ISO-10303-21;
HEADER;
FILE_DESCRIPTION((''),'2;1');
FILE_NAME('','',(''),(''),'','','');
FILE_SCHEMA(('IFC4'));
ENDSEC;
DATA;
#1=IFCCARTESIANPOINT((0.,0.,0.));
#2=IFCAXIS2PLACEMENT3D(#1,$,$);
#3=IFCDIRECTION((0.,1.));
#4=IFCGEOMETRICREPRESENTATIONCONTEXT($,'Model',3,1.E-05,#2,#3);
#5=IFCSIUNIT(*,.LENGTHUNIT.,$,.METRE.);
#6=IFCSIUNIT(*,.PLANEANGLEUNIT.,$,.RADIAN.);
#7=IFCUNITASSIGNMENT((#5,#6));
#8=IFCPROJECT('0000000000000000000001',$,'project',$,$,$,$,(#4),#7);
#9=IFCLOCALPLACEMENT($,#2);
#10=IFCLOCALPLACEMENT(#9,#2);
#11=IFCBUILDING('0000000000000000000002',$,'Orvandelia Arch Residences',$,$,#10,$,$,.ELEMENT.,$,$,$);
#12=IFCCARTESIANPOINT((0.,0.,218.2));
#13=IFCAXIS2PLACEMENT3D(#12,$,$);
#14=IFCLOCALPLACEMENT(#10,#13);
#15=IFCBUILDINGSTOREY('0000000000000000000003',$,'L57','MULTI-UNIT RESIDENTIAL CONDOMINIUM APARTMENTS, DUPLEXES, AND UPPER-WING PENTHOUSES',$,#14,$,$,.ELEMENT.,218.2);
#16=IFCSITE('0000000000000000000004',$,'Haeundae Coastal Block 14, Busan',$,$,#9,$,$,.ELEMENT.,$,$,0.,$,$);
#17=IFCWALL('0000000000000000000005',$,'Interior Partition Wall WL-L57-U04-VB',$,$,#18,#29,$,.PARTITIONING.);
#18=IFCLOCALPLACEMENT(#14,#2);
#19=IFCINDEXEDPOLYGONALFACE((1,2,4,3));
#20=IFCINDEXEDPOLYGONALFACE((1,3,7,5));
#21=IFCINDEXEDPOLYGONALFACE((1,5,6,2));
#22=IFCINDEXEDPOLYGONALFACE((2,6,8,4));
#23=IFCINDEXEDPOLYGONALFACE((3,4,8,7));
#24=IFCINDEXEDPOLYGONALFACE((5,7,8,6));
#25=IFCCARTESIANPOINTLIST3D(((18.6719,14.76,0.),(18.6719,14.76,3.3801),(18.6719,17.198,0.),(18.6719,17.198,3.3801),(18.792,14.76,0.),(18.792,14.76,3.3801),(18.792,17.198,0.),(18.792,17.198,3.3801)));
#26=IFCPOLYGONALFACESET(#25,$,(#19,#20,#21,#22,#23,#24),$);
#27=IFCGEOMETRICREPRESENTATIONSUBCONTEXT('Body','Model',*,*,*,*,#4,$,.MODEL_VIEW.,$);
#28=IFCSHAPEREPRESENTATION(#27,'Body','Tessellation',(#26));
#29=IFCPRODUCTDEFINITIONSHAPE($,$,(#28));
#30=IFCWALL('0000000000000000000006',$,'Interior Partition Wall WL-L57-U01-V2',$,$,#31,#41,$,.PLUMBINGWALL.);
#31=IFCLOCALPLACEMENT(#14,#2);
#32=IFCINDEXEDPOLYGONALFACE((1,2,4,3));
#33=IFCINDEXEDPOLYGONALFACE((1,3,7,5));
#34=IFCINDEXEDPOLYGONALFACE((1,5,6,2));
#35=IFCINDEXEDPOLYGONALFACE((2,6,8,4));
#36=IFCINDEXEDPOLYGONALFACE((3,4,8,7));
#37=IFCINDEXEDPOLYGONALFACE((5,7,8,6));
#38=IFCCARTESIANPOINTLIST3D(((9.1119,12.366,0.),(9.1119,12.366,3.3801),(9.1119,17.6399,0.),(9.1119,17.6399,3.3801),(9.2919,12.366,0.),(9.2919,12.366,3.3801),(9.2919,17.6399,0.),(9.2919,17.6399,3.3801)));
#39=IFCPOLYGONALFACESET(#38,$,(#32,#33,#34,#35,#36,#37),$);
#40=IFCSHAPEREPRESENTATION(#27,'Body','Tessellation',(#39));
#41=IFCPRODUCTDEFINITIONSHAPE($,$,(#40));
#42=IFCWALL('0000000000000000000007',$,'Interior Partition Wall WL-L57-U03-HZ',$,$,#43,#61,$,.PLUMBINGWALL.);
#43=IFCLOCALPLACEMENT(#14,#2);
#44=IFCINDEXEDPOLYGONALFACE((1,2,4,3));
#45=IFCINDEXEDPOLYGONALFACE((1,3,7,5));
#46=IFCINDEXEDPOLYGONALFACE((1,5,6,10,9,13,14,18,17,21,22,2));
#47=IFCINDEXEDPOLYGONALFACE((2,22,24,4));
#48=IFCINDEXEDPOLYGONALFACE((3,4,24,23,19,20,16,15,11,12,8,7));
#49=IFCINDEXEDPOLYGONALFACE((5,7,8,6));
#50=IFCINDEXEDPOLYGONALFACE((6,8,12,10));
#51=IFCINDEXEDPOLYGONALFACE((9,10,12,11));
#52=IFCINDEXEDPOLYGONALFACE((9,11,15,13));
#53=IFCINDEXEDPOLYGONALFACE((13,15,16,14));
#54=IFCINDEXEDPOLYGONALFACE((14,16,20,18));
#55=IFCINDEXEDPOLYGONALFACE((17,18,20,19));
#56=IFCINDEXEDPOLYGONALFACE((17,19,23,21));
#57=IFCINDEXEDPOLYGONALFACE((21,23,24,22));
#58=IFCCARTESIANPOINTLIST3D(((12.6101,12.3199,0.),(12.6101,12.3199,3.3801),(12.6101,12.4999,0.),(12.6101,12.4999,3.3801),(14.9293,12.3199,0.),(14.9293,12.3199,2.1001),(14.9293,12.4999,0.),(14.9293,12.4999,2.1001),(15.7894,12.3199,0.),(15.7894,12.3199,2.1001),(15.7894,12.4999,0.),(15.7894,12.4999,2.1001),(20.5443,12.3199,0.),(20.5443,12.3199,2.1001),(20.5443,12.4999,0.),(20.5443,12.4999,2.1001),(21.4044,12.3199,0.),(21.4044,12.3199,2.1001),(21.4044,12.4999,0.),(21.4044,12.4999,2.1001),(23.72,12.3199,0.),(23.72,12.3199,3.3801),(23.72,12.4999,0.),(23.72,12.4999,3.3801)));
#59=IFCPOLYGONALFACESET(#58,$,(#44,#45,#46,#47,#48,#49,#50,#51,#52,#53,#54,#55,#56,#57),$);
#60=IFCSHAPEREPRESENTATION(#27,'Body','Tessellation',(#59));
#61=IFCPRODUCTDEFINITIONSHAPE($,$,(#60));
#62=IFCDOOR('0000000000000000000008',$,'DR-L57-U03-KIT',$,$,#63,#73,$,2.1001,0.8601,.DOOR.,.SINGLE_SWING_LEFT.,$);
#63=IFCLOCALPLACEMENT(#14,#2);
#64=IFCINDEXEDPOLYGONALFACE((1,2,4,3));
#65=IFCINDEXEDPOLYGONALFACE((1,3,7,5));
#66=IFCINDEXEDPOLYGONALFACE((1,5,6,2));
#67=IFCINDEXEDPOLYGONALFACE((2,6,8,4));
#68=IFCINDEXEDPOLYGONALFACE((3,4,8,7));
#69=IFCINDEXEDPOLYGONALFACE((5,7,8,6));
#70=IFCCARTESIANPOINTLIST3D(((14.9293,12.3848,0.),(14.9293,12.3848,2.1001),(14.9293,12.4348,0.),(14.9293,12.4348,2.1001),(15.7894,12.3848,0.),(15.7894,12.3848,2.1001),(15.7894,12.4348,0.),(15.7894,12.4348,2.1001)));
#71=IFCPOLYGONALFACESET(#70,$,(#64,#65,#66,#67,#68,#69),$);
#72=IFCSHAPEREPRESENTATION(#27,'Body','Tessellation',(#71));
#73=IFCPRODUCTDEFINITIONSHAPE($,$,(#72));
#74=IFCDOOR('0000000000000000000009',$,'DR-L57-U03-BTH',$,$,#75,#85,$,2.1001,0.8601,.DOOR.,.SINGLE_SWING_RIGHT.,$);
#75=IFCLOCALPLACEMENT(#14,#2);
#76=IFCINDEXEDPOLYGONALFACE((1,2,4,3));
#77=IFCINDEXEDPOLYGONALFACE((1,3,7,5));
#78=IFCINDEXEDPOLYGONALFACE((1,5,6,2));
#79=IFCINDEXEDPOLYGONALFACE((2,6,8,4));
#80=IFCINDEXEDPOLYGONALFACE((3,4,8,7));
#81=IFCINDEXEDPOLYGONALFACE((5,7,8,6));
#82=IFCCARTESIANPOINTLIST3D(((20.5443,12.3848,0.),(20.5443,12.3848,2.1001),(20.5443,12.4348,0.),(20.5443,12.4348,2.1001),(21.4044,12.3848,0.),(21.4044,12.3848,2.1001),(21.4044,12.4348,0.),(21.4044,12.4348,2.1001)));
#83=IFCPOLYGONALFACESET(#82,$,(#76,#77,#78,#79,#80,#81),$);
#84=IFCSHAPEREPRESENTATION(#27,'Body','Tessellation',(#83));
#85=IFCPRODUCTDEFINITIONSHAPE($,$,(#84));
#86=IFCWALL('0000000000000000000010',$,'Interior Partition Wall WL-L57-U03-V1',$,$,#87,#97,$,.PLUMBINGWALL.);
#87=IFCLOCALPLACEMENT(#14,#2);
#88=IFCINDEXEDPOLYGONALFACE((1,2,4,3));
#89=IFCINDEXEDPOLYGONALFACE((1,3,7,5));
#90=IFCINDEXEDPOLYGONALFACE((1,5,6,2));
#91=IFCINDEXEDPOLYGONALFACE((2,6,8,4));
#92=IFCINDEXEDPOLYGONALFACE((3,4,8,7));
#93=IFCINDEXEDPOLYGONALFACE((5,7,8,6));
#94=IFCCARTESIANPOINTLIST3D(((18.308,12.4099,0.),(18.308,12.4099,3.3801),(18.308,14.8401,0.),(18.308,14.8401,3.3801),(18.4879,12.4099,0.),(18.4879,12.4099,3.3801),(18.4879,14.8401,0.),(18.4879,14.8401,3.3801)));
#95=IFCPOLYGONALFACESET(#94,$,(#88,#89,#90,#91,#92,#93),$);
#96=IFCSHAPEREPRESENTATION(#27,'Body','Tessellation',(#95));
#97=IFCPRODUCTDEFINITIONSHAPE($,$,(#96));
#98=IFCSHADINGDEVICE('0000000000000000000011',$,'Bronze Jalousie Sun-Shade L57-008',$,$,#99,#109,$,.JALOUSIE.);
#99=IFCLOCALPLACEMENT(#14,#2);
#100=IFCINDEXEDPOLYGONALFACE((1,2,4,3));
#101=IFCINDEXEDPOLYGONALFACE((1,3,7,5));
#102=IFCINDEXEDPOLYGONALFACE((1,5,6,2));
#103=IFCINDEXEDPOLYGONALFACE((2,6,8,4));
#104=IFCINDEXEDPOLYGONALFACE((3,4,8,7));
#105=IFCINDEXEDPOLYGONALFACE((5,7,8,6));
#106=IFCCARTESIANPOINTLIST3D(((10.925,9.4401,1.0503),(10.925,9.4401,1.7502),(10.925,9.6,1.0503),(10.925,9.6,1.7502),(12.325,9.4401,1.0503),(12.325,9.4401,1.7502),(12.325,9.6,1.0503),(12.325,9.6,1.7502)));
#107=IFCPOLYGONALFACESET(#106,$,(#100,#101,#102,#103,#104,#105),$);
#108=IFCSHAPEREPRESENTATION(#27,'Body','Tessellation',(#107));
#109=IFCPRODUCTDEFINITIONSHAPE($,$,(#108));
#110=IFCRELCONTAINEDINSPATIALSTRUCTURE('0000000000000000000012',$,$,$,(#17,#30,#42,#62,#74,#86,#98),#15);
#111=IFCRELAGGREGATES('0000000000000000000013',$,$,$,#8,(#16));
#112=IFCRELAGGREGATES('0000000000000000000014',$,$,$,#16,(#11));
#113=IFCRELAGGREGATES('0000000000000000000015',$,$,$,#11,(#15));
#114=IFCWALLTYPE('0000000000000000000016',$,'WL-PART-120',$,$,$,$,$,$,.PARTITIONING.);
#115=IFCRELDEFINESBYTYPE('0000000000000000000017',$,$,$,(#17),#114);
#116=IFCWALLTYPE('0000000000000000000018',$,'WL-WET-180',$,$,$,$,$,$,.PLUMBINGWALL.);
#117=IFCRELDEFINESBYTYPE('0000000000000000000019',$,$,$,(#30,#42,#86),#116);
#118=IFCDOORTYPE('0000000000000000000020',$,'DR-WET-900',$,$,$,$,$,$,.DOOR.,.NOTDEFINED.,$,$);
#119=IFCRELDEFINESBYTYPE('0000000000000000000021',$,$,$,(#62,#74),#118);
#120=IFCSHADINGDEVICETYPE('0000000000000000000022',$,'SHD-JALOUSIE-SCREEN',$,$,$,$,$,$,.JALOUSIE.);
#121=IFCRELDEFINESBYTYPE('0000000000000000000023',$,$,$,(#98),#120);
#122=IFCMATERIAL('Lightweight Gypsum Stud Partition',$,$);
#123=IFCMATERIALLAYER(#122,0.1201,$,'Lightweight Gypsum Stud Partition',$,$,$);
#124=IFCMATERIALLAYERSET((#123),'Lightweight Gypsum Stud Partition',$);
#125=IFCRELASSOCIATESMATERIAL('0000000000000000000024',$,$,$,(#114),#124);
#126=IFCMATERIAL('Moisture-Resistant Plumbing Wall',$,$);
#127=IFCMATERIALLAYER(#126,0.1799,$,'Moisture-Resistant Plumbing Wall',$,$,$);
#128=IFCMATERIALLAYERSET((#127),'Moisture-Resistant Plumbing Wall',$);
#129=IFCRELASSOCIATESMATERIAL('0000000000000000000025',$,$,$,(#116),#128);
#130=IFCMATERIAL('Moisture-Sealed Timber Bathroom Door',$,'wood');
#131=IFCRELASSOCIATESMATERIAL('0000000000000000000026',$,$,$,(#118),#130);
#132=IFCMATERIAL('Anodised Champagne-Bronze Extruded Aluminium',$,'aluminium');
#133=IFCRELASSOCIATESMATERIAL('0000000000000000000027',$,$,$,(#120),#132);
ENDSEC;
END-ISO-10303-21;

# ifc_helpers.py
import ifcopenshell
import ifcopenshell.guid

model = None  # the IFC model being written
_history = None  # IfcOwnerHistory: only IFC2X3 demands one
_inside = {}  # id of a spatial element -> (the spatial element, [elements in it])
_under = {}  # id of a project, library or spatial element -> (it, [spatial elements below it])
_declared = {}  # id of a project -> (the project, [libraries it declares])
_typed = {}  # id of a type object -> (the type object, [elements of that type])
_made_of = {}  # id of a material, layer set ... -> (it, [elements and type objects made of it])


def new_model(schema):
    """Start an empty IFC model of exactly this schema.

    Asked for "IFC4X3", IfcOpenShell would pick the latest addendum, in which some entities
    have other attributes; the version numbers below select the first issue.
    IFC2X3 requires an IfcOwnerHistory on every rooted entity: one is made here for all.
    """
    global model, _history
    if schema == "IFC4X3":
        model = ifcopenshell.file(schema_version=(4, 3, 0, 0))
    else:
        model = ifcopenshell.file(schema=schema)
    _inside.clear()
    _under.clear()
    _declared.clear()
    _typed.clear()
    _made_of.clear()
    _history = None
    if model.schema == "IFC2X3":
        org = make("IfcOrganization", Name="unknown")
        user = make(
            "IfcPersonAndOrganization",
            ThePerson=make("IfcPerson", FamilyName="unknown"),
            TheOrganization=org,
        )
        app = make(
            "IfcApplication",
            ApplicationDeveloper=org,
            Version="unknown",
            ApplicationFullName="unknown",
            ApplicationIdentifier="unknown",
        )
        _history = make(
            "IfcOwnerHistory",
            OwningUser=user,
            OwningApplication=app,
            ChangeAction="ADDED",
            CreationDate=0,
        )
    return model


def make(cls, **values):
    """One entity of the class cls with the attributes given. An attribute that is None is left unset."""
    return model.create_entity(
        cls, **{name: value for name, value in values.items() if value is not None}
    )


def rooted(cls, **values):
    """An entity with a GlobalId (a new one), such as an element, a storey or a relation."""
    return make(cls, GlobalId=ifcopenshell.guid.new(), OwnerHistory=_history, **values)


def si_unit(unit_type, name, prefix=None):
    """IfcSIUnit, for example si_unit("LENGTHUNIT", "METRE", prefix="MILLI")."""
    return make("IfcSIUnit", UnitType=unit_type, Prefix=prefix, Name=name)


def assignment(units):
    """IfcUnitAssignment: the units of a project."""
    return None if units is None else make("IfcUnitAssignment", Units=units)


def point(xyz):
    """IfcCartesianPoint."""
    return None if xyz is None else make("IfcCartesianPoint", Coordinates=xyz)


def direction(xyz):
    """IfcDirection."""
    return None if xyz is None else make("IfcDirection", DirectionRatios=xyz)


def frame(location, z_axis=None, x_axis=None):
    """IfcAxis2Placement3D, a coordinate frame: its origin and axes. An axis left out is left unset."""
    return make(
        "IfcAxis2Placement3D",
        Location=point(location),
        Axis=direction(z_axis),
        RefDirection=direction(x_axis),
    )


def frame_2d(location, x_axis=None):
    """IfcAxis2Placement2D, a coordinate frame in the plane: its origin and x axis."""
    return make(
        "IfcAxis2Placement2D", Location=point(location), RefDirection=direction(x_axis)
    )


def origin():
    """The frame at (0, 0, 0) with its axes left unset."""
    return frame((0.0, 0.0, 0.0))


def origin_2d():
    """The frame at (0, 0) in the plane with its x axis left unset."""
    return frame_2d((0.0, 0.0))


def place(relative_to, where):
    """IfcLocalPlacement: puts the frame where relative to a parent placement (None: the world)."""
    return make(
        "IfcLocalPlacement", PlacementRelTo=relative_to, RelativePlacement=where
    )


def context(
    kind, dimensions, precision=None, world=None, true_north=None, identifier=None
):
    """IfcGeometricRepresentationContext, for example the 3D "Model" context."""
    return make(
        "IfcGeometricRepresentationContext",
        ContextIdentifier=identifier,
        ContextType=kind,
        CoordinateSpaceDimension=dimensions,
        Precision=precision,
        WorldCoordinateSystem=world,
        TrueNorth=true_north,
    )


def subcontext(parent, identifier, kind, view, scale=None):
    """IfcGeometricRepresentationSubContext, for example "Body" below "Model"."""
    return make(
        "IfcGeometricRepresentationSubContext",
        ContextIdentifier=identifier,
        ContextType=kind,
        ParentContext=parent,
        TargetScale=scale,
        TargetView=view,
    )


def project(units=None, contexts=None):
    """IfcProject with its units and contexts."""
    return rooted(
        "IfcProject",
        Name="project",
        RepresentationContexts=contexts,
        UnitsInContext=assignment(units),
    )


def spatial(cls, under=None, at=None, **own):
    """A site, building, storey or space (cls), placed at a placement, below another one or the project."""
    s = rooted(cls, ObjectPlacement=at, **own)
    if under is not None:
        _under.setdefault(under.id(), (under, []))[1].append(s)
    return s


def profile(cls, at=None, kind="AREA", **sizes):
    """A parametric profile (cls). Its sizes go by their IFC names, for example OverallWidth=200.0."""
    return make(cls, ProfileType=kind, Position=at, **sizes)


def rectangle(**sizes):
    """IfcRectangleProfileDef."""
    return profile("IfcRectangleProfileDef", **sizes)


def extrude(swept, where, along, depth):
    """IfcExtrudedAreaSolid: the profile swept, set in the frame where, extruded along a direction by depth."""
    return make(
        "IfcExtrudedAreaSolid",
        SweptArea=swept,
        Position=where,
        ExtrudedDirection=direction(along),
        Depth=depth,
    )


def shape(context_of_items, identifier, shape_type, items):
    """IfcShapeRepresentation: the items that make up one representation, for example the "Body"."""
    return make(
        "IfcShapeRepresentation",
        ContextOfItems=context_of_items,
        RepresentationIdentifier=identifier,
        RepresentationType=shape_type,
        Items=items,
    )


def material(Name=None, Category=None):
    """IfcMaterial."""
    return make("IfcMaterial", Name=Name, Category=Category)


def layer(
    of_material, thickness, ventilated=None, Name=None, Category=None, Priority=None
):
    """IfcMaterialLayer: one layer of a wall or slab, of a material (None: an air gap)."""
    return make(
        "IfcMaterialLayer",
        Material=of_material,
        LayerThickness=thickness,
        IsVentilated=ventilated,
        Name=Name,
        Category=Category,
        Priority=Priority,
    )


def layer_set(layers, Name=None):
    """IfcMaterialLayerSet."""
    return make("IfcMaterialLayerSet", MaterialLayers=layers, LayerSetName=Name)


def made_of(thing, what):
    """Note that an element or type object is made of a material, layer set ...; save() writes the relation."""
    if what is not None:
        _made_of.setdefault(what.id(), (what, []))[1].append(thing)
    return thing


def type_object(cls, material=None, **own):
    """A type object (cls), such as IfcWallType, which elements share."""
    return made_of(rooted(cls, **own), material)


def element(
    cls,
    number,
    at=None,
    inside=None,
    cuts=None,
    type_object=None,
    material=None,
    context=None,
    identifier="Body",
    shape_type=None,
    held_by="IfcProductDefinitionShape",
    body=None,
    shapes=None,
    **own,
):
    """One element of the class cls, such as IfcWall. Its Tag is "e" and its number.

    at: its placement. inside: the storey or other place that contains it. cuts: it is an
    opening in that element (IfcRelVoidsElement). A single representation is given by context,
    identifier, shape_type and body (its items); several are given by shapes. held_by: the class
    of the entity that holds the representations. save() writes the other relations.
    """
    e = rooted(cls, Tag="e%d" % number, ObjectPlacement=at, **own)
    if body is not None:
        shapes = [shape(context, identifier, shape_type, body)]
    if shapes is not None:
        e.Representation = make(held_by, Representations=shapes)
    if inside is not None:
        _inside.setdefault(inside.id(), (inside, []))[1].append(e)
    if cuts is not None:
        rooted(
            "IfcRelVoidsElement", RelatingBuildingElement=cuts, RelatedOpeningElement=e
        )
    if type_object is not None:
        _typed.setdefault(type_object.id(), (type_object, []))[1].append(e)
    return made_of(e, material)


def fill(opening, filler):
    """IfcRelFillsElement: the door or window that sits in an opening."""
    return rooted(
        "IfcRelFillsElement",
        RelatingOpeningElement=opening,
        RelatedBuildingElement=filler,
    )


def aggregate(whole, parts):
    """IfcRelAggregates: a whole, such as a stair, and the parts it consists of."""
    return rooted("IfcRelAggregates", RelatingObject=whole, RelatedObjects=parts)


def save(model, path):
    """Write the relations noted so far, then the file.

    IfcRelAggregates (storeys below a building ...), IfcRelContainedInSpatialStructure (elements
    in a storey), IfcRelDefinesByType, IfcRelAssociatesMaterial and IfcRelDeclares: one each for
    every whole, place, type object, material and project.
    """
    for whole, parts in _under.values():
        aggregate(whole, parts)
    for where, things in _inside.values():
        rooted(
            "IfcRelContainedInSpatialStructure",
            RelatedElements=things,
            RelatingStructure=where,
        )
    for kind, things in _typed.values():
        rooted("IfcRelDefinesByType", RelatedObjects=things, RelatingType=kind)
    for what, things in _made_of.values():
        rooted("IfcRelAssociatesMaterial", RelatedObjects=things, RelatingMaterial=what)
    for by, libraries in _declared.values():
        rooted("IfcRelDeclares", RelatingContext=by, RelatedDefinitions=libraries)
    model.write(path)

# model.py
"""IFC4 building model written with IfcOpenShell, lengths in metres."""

from ifc_helpers import new_model, si_unit, direction, frame, frame_2d, origin, origin_2d, place, context, subcontext, project, spatial, rectangle, extrude, material, layer, layer_set, type_object, element, fill, save


model = new_model("IFC4")

# Units and contexts
model_context = context("Model", 3, precision=1e-05, world=origin(), true_north=direction((0.0, 1.0)))
body_context = subcontext(model_context, "Body", "Model", "MODEL_VIEW")
ifc_project = project(units=[si_unit("LENGTHUNIT", "METRE"), si_unit("PLANEANGLEUNIT", "RADIAN")], contexts=[model_context])

# Site, building, storey
site_placement = place(None, origin())
site = spatial("IfcSite", under=ifc_project, at=site_placement, Name="Haeundae Coastal Block 14, Busan", CompositionType="ELEMENT", RefElevation=0.0)
building_placement = place(site_placement, origin())
building = spatial("IfcBuilding", under=site, at=building_placement, Name="Orvandelia Arch Residences", CompositionType="ELEMENT")
storey_placement = place(building_placement, frame((0.0, 0.0, 218.2)))
storey = spatial("IfcBuildingStorey", under=building, at=storey_placement, Name="L57", Description="MULTI-UNIT RESIDENTIAL CONDOMINIUM APARTMENTS, DUPLEXES, AND UPPER-WING PENTHOUSES", CompositionType="ELEMENT", Elevation=218.2)

# Walls
ifc_material_1 = material(Name="Lightweight Gypsum Stud Partition")
ifc_layer_1 = layer(ifc_material_1, 0.1201, Name="Lightweight Gypsum Stud Partition")
ifc_layer_set_1 = layer_set([ifc_layer_1], Name="Lightweight Gypsum Stud Partition")
wall_type_1 = type_object("IfcWallType", Name="WL-PART-120", PredefinedType="PARTITIONING", material=ifc_layer_set_1)
wall_1_placement = place(storey_placement, frame((18.7319, 14.76, 0.0), z_axis=(0.0, 0.0, 1.0), x_axis=(0.0, 1.0, 0.0)))
element("IfcWall", 1, at=wall_1_placement, inside=storey, type_object=wall_type_1, Name="Interior Partition Wall WL-L57-U04-VB", PredefinedType="PARTITIONING", context=body_context, shape_type="SweptSolid", body=[
    extrude(rectangle(XDim=2.438, YDim=0.1201, at=frame_2d((1.219, 0.0))), origin(), (0.0, 0.0, 1.0), 3.3801),
])
ifc_material_2 = material(Name="Moisture-Resistant Plumbing Wall")
ifc_layer_2 = layer(ifc_material_2, 0.1799, Name="Moisture-Resistant Plumbing Wall")
ifc_layer_set_2 = layer_set([ifc_layer_2], Name="Moisture-Resistant Plumbing Wall")
wall_type_2 = type_object("IfcWallType", Name="WL-WET-180", PredefinedType="PLUMBINGWALL", material=ifc_layer_set_2)
wall_2_placement = place(storey_placement, frame((9.2019, 12.366, 0.0), z_axis=(0.0, 0.0, 1.0), x_axis=(0.0, 1.0, 0.0)))
element("IfcWall", 2, at=wall_2_placement, inside=storey, type_object=wall_type_2, Name="Interior Partition Wall WL-L57-U01-V2", PredefinedType="PLUMBINGWALL", context=body_context, shape_type="SweptSolid", body=[
    extrude(rectangle(XDim=5.2739, YDim=0.1799, at=frame_2d((2.637, 0.0))), origin(), (0.0, 0.0, 1.0), 3.3801),
])

# Wall, openings, doors
wall_3_placement = place(storey_placement, frame((12.6101, 12.4099, 0.0), z_axis=(0.0, 0.0, 1.0), x_axis=(1.0, 0.0, 0.0)))
wall_3 = element("IfcWall", 3, at=wall_3_placement, inside=storey, type_object=wall_type_2, Name="Interior Partition Wall WL-L57-U03-HZ", PredefinedType="PLUMBINGWALL", context=body_context, shape_type="SweptSolid", body=[
    extrude(rectangle(XDim=11.1099, YDim=0.1799, at=frame_2d((5.5549, 0.0))), origin(), (0.0, 0.0, 1.0), 3.3801),
])
opening_1_placement = place(wall_3_placement, frame((2.3191, 0.0, 0.0)))
opening_1 = element("IfcOpeningElement", 4, at=opening_1_placement, cuts=wall_3, PredefinedType="OPENING", context=body_context, shape_type="SweptSolid", body=[
    extrude(rectangle(XDim=0.8601, YDim=2.1001, at=frame_2d((0.4302, 1.05))), frame((0.0, 0.1001, 0.0), z_axis=(0.0, -1.0, 0.0), x_axis=(1.0, 0.0, 0.0)), (0.0, 0.0, 1.0), 0.2),
])
opening_2_placement = place(wall_3_placement, frame((7.9341, 0.0, 0.0)))
opening_2 = element("IfcOpeningElement", 5, at=opening_2_placement, cuts=wall_3, PredefinedType="OPENING", context=body_context, shape_type="SweptSolid", body=[
    extrude(rectangle(XDim=0.8601, YDim=2.1001, at=frame_2d((0.4302, 1.05))), frame((0.0, 0.1001, 0.0), z_axis=(0.0, -1.0, 0.0), x_axis=(1.0, 0.0, 0.0)), (0.0, 0.0, 1.0), 0.2),
])
ifc_material_3 = material(Name="Moisture-Sealed Timber Bathroom Door", Category="wood")
door_type_1 = type_object("IfcDoorType", Name="DR-WET-900", OperationType="NOTDEFINED", PredefinedType="DOOR", material=ifc_material_3)
door_1_placement = place(opening_1_placement, origin())
door_1 = element("IfcDoor", 6, at=door_1_placement, inside=storey, type_object=door_type_1, Name="DR-L57-U03-KIT", OperationType="SINGLE_SWING_LEFT", OverallHeight=2.1001, OverallWidth=0.8601, PredefinedType="DOOR", context=body_context, shape_type="SweptSolid", body=[
    extrude(rectangle(XDim=0.8601, YDim=2.1001, at=frame_2d((0.4302, 1.05))), frame((0.0, 0.0249, 0.0), z_axis=(0.0, -1.0, 0.0), x_axis=(1.0, 0.0, 0.0)), (0.0, 0.0, 1.0), 0.05),
])
fill(opening_1, door_1)
door_2_placement = place(opening_2_placement, origin())
door_2 = element("IfcDoor", 7, at=door_2_placement, inside=storey, type_object=door_type_1, Name="DR-L57-U03-BTH", OperationType="SINGLE_SWING_RIGHT", OverallHeight=2.1001, OverallWidth=0.8601, PredefinedType="DOOR", context=body_context, shape_type="SweptSolid", body=[
    extrude(rectangle(XDim=0.8601, YDim=2.1001, at=frame_2d((0.4302, 1.05))), frame((0.0, 0.0249, 0.0), z_axis=(0.0, -1.0, 0.0), x_axis=(1.0, 0.0, 0.0)), (0.0, 0.0, 1.0), 0.05),
])
fill(opening_2, door_2)

# Wall
wall_4_placement = place(storey_placement, frame((18.3979, 12.4099, 0.0), z_axis=(0.0, 0.0, 1.0), x_axis=(0.0, 1.0, 0.0)))
element("IfcWall", 8, at=wall_4_placement, inside=storey, type_object=wall_type_2, Name="Interior Partition Wall WL-L57-U03-V1", PredefinedType="PLUMBINGWALL", context=body_context, shape_type="SweptSolid", body=[
    extrude(rectangle(XDim=2.4302, YDim=0.1799, at=frame_2d((1.2151, 0.0))), origin(), (0.0, 0.0, 1.0), 3.3801),
])

# Shading device
ifc_material_4 = material(Name="Anodised Champagne-Bronze Extruded Aluminium", Category="aluminium")
shading_device_type = type_object("IfcShadingDeviceType", Name="SHD-JALOUSIE-SCREEN", PredefinedType="JALOUSIE", material=ifc_material_4)
shading_device_placement = place(storey_placement, frame((11.625, 9.52, 1.0503), z_axis=(0.0, 0.0, 1.0), x_axis=(-1.0, 0.0, 0.0)))
element("IfcShadingDevice", 9, at=shading_device_placement, inside=storey, type_object=shading_device_type, Name="Bronze Jalousie Sun-Shade L57-008", PredefinedType="JALOUSIE", context=body_context, shape_type="SweptSolid", body=[
    extrude(rectangle(XDim=1.3999, YDim=0.1599, at=origin_2d()), origin(), (0.0, 0.0, 1.0), 0.7),
])

save(model, "model.ifc")
